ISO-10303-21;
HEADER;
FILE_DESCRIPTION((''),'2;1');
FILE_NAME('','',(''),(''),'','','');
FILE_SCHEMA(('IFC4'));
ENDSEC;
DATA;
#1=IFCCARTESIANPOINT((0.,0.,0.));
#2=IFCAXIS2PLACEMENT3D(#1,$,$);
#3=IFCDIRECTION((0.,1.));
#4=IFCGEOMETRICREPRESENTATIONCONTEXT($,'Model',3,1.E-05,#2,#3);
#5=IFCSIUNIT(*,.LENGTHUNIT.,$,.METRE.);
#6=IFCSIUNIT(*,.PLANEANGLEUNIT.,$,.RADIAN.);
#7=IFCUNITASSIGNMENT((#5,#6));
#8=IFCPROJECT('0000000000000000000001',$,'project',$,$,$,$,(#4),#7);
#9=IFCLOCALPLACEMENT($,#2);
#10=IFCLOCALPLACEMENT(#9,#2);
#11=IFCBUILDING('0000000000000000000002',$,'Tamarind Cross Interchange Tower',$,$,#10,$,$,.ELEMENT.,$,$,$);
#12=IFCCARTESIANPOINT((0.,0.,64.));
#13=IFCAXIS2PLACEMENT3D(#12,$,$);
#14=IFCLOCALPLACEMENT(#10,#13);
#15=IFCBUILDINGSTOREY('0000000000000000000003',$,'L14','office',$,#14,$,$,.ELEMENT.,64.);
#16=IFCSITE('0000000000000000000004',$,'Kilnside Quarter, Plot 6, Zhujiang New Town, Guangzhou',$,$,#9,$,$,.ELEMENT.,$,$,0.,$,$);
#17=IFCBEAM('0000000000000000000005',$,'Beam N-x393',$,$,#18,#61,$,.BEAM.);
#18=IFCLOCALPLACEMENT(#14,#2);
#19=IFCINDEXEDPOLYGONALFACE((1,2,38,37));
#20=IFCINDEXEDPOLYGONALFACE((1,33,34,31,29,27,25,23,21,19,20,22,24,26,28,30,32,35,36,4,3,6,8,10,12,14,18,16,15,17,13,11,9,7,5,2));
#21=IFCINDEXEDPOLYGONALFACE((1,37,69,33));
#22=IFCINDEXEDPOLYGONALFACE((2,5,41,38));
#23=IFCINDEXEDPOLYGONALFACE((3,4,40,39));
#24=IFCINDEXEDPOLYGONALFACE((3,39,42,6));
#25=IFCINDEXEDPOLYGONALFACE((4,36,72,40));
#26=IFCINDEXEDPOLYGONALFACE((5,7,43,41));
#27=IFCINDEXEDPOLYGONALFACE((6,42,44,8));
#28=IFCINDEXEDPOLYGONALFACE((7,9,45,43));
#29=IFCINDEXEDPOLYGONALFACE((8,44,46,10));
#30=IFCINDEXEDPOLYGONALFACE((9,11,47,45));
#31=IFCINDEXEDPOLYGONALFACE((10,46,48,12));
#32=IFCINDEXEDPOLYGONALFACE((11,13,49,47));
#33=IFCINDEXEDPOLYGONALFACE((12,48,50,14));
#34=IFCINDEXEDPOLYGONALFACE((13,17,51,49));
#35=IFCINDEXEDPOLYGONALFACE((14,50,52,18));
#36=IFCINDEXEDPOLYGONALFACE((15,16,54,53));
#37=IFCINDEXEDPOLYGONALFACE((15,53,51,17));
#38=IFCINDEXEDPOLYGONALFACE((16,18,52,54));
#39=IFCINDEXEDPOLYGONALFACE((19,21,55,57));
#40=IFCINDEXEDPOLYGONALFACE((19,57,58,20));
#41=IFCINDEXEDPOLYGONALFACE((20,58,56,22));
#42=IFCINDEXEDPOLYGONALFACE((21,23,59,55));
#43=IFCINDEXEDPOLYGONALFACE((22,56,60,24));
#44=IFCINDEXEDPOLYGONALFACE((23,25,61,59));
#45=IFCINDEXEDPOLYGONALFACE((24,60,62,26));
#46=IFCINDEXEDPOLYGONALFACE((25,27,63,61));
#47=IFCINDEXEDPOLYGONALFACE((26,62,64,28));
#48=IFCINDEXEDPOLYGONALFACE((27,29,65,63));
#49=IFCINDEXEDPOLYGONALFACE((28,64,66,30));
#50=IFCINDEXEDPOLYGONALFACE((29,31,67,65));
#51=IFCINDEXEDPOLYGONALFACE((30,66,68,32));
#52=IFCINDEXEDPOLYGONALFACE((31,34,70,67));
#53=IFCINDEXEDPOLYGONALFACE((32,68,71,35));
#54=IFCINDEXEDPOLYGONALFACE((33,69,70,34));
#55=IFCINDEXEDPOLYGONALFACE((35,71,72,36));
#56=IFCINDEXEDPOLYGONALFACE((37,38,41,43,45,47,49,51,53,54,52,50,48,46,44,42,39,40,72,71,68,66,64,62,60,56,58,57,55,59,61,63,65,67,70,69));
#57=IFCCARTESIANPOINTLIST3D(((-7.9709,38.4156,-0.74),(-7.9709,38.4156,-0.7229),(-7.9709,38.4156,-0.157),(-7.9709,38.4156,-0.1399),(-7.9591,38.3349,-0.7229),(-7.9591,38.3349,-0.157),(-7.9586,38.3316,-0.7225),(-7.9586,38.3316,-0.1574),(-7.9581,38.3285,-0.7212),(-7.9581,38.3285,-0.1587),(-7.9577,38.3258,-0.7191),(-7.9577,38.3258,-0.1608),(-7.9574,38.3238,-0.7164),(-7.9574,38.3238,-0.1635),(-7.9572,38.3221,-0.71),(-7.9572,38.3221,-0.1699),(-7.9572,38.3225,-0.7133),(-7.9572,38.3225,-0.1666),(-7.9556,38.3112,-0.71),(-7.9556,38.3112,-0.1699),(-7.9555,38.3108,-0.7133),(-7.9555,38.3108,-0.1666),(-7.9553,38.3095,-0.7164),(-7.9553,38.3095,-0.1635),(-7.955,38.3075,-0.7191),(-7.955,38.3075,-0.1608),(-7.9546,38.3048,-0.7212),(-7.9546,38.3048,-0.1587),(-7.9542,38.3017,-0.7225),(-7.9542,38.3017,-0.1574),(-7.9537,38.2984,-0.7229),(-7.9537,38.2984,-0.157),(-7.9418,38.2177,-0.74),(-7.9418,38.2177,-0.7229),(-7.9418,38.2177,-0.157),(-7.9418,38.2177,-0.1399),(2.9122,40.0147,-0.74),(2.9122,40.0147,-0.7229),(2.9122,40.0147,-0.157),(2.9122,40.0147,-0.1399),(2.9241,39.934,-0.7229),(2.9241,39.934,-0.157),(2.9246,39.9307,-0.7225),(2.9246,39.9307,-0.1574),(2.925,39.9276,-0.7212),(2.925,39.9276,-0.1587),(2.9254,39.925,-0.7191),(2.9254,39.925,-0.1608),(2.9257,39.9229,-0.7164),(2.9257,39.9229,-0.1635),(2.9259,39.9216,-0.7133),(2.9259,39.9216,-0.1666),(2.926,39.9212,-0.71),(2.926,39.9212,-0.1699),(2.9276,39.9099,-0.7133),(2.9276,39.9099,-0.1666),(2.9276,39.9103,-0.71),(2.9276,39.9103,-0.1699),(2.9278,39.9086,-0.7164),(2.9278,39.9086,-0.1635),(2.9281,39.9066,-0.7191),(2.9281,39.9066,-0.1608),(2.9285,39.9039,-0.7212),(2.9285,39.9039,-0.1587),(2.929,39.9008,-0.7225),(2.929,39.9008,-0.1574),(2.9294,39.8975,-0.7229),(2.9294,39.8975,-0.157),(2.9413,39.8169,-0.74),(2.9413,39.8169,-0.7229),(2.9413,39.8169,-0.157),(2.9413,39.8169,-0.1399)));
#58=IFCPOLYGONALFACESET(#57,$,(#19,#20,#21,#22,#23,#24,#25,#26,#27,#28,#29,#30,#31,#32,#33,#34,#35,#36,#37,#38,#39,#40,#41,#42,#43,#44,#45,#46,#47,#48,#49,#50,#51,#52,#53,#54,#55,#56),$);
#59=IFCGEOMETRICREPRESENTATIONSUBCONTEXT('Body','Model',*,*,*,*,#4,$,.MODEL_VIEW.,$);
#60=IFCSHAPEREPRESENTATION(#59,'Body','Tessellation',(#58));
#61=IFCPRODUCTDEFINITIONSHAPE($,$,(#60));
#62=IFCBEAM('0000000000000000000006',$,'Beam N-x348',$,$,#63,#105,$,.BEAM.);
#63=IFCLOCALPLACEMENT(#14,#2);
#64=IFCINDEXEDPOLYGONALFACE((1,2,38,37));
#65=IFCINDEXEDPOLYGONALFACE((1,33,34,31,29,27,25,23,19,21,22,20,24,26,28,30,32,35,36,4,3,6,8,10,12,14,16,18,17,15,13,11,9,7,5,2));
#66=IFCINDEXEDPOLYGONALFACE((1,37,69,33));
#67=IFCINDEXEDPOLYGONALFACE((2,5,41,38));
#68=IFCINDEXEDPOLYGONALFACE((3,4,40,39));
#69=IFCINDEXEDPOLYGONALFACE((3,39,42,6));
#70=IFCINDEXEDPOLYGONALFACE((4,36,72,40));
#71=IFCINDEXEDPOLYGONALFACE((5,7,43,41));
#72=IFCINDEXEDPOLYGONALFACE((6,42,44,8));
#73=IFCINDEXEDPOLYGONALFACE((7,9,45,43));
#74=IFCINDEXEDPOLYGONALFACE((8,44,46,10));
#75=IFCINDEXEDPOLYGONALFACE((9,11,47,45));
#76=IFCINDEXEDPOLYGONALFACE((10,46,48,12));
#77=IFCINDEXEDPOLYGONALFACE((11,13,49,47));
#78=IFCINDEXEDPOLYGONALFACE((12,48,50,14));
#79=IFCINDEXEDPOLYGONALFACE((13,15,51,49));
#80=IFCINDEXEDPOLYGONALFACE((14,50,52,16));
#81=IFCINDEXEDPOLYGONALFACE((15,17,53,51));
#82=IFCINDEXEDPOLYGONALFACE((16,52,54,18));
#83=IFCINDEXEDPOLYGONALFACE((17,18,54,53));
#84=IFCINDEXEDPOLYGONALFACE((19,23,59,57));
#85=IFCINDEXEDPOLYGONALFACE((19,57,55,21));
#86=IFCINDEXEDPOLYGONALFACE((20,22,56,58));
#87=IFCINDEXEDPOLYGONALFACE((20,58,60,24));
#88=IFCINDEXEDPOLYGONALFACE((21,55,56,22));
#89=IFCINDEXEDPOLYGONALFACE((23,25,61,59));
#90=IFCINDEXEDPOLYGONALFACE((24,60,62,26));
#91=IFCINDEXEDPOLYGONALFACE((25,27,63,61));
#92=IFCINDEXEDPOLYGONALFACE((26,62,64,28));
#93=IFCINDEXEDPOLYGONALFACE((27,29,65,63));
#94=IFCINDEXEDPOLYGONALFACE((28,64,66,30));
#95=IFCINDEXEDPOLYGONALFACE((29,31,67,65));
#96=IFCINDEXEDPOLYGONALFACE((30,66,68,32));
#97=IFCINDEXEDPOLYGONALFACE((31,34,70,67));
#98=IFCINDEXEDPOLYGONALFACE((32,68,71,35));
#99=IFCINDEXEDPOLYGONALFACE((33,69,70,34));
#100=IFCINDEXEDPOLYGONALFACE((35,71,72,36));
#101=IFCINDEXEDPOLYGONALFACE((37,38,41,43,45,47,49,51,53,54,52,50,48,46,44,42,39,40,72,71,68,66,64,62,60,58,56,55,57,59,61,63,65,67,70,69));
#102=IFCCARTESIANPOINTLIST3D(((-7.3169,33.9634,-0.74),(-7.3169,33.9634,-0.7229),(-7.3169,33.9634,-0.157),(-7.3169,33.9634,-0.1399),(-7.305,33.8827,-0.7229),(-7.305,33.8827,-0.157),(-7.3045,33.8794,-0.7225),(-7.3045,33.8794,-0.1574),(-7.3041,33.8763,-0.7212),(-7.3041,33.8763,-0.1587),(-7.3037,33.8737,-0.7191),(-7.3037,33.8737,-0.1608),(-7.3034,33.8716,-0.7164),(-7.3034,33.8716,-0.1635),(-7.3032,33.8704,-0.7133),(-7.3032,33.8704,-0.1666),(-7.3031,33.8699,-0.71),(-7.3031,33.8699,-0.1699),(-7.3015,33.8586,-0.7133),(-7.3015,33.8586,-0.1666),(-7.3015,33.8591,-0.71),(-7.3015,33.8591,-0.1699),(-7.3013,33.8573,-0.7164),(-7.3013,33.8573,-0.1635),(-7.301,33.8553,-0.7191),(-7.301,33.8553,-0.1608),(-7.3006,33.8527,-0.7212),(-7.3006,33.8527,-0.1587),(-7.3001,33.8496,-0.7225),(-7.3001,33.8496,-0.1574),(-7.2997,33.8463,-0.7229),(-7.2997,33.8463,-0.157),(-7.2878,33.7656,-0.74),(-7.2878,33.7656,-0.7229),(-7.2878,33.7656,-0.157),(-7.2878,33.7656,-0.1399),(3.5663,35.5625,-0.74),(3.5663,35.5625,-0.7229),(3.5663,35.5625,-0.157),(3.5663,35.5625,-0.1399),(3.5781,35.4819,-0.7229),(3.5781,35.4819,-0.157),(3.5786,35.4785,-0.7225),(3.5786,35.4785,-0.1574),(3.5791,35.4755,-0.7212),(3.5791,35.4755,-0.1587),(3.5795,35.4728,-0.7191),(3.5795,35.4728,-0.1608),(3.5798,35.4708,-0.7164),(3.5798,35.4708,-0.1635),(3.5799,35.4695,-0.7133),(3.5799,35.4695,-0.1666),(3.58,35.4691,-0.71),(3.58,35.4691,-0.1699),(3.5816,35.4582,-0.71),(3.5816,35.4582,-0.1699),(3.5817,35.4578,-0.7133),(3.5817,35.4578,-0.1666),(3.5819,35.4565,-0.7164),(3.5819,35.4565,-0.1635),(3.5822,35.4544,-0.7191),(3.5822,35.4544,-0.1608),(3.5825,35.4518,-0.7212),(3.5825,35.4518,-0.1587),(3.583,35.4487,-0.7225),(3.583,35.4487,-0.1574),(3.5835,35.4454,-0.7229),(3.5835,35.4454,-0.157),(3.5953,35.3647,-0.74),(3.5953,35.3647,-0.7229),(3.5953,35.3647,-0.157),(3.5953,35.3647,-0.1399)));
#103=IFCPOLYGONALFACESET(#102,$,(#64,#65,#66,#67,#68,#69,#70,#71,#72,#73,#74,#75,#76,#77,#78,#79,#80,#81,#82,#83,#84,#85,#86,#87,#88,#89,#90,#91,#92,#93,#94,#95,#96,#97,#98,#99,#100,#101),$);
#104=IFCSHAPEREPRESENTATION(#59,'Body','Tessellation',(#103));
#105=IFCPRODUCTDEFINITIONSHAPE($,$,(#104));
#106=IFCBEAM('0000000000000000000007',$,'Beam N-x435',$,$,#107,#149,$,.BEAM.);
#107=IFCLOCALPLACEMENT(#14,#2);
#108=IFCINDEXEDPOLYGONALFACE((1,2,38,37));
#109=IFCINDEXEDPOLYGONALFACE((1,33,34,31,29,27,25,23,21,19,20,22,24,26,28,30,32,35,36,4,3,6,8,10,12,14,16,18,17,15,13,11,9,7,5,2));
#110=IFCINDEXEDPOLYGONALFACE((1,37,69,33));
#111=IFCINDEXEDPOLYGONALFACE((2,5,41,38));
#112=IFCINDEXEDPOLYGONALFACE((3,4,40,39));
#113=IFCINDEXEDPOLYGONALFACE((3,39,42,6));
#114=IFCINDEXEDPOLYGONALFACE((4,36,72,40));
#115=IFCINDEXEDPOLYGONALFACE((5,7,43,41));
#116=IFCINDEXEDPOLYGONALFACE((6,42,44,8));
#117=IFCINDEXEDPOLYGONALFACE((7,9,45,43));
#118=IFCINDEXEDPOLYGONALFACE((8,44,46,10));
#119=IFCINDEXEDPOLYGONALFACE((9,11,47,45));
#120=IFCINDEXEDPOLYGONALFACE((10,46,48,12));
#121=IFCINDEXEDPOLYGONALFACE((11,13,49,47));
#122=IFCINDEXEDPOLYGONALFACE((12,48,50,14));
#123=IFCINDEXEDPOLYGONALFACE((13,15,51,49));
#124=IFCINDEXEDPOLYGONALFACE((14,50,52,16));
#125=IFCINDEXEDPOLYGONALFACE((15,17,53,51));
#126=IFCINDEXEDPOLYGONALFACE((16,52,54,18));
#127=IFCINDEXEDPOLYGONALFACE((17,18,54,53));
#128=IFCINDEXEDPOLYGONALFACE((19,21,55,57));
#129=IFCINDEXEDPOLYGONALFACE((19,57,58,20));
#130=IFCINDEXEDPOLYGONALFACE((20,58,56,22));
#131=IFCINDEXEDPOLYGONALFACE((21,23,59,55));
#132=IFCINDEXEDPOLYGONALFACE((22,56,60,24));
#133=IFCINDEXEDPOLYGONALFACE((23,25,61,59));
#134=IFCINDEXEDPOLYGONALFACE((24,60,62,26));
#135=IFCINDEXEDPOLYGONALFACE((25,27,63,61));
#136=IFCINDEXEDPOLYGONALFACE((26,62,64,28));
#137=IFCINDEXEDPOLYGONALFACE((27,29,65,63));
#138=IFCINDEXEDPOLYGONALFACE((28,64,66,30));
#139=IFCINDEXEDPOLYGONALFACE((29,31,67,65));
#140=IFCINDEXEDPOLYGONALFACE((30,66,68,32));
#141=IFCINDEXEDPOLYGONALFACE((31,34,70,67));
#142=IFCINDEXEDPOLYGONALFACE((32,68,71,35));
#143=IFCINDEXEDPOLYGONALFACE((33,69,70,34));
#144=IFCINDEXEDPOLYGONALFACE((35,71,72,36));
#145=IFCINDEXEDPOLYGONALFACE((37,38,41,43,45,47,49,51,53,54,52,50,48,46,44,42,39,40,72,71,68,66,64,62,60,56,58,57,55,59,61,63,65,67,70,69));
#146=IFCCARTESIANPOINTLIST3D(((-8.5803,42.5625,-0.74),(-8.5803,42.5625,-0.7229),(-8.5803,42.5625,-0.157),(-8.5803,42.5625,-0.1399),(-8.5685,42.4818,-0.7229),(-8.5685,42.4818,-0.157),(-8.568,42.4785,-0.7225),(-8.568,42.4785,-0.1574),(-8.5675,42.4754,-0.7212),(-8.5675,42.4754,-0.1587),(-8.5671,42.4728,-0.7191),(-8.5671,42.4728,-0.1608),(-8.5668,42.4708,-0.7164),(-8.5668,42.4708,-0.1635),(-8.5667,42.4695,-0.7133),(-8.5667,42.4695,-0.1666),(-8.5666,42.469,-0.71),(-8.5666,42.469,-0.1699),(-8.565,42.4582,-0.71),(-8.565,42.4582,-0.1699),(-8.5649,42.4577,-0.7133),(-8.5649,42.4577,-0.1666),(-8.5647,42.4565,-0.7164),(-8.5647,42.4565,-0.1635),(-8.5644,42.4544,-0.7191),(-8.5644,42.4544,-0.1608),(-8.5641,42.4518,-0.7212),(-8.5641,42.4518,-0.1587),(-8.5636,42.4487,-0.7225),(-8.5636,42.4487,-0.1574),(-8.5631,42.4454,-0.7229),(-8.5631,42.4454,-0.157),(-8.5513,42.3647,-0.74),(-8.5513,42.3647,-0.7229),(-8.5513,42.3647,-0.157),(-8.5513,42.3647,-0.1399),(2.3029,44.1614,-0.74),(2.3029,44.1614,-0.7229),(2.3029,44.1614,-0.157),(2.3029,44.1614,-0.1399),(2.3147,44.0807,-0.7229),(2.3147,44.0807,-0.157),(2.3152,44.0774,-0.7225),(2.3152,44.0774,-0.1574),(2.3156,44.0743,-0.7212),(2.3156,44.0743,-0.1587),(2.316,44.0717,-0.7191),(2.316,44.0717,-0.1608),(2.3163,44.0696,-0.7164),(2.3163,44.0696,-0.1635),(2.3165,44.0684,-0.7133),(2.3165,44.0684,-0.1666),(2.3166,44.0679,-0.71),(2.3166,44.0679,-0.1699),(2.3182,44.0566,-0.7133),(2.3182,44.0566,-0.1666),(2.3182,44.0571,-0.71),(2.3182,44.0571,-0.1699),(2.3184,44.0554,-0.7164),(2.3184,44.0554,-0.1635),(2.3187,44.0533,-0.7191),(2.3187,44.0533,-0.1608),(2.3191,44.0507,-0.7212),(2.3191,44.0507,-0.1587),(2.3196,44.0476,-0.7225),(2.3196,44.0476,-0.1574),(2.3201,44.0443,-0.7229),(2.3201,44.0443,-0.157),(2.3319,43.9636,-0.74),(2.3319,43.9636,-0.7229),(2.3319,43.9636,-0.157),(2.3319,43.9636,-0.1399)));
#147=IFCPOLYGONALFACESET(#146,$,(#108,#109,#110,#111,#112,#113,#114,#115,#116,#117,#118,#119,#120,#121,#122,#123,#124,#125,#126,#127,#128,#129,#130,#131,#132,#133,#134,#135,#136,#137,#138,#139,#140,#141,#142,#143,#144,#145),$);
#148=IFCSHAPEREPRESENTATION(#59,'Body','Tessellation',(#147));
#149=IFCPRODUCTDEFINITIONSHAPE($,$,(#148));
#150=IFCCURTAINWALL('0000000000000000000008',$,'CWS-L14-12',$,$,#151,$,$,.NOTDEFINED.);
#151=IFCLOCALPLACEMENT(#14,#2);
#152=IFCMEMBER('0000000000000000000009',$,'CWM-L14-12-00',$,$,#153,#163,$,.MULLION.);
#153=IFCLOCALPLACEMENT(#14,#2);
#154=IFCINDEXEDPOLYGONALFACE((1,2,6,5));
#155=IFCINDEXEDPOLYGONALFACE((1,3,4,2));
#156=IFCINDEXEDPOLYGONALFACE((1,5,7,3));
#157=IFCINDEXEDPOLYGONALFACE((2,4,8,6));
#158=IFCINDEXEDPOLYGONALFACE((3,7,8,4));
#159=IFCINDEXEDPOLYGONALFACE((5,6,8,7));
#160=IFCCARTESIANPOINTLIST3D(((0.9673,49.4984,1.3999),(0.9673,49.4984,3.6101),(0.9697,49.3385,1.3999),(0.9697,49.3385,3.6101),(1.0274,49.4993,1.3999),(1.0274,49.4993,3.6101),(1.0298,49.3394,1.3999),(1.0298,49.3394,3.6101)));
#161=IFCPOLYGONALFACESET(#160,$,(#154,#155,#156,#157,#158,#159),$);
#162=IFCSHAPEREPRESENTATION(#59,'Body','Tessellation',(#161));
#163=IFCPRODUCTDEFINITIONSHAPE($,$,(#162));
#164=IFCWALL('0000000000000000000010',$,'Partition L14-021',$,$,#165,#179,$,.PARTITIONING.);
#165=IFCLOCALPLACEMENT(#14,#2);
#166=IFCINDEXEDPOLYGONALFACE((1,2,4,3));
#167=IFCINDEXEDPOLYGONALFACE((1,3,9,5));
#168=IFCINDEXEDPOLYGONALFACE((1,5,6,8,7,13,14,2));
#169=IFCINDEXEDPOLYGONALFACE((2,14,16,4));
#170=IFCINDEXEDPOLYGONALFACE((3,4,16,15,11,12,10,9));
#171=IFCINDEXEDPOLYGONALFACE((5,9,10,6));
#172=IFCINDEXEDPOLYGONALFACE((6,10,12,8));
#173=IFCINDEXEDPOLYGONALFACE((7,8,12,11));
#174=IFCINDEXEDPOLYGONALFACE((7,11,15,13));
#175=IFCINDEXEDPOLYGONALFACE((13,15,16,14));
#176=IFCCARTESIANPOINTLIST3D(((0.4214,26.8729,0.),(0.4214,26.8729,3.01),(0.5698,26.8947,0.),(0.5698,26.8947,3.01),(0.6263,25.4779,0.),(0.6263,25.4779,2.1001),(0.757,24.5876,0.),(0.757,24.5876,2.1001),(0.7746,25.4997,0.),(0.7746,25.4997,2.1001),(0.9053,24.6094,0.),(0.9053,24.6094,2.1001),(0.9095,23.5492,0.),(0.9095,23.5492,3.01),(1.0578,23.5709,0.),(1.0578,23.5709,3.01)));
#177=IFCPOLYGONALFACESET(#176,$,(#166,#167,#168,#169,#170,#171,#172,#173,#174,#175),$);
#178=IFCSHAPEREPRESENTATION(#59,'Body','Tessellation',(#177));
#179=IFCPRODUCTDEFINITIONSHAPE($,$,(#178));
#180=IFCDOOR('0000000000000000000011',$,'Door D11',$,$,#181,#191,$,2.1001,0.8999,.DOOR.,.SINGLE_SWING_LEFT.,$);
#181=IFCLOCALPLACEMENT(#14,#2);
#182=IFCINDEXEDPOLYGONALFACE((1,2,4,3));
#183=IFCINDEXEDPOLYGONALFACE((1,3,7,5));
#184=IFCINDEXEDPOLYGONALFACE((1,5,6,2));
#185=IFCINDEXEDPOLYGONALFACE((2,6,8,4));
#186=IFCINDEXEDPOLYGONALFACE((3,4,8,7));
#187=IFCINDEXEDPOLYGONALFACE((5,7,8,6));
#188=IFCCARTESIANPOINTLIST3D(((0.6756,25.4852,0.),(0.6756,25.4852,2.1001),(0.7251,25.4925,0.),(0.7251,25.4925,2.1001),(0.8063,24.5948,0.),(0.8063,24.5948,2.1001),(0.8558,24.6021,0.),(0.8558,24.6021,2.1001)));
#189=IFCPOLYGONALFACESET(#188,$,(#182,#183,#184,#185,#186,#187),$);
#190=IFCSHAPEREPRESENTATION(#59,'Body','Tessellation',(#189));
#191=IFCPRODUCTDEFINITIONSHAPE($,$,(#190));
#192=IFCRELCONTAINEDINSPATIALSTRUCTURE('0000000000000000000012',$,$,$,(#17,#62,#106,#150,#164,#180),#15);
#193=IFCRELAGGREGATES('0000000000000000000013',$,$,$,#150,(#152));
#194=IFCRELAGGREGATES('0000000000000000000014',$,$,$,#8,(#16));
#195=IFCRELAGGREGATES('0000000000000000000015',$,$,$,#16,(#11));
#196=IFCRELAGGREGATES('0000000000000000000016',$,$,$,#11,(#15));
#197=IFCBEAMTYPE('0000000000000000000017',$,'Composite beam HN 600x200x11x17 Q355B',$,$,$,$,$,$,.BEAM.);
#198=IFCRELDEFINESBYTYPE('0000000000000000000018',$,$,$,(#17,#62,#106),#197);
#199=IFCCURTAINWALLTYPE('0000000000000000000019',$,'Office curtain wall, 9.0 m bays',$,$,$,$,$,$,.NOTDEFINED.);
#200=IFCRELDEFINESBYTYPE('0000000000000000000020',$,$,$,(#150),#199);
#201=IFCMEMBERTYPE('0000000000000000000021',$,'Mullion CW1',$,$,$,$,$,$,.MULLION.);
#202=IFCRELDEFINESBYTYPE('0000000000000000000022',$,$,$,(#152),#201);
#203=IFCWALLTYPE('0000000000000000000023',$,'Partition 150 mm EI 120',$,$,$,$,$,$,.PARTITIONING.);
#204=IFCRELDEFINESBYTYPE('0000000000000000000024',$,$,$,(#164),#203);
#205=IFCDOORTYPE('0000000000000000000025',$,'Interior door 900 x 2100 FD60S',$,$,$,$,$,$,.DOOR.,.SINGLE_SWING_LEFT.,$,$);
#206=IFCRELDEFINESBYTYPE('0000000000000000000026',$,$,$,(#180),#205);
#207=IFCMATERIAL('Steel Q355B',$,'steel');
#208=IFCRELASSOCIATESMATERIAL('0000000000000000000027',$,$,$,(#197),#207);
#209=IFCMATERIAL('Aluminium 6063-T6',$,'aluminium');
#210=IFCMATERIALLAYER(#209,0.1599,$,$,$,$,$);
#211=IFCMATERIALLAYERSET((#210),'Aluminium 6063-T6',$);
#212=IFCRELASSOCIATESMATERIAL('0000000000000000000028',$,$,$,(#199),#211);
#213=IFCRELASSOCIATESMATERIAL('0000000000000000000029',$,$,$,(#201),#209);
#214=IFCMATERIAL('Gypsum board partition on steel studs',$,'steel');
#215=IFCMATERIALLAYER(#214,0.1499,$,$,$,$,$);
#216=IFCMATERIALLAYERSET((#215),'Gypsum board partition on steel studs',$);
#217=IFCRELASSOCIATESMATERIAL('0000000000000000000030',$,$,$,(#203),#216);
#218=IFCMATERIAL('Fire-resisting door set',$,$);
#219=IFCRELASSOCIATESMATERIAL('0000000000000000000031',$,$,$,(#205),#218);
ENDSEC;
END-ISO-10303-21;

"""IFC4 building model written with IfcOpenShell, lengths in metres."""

from ifc_helpers import new_model, si_unit, direction, frame, frame_2d, origin, origin_2d, place, context, subcontext, project, spatial, rectangle, i_section, extrude, material, layer, layer_set, material_profile, profile_set, type_object, element, fill, aggregate, save


model = new_model("IFC4")

# Units and contexts
model_context = context("Model", 3, precision=1e-05, world=origin(), true_north=direction((0.0, 1.0)))
body_context = subcontext(model_context, "Body", "Model", "MODEL_VIEW")
ifc_project = project(units=[si_unit("LENGTHUNIT", "METRE"), si_unit("PLANEANGLEUNIT", "RADIAN")], contexts=[model_context])

# Site, building, storey
site_placement = place(None, origin())
site = spatial("IfcSite", under=ifc_project, at=site_placement, Name="Kilnside Quarter, Plot 6, Zhujiang New Town, Guangzhou", CompositionType="ELEMENT", RefElevation=0.0)
building_placement = place(site_placement, origin())
building = spatial("IfcBuilding", under=site, at=building_placement, Name="Tamarind Cross Interchange Tower", CompositionType="ELEMENT")
storey_placement = place(building_placement, frame((0.0, 0.0, 64.0)))
storey = spatial("IfcBuildingStorey", under=building, at=storey_placement, Name="L14", Description="office", CompositionType="ELEMENT", Elevation=64.0)

# Beams
ifc_material_1 = material(Name="Steel Q355B", Category="steel")
ifc_material_profile_1 = material_profile(ifc_material_1, i_section(OverallWidth=0.2, OverallDepth=0.6001, WebThickness=0.011, FlangeThickness=0.0171, FilletRadius=0.0129, at=origin_2d()), Name="HN 600x200x11x17")
ifc_profile_set_1 = profile_set([ifc_material_profile_1], Name="Steel Q355B")
beam_type_1 = type_object("IfcBeamType", Name="Composite beam HN 600x200x11x17 Q355B", PredefinedType="BEAM", material=ifc_profile_set_1)
for number, where, z_axis, x_axis, name in (
    (1, (2.9268, 39.9158, -0.4399), (-0.989377, -0.145376, 0.0), (0.145376, -0.989377, 0.0), "Beam N-x393"),
    (2, (3.5808, 35.4636, -0.4399), (-0.989377, -0.145376, 0.0), (0.145376, -0.989377, 0.0), "Beam N-x348"),
    (3, (2.3174, 44.0625, -0.4399), (-0.98938, -0.145354, 0.0), (0.145354, -0.98938, 0.0), "Beam N-x435"),
):
    element("IfcBeam", number, at=place(storey_placement, frame(where, z_axis=z_axis, x_axis=x_axis)), inside=storey, type_object=beam_type_1, Name=name, PredefinedType="BEAM", context=body_context, shape_type="SweptSolid", body=[
        extrude(i_section(OverallWidth=0.2, OverallDepth=0.6001, WebThickness=0.011, FlangeThickness=0.0171, FilletRadius=0.0129, at=origin_2d()), origin(), (0.0, 0.0, 1.0), 11.0),
    ])

# Curtain wall, member
ifc_material_2 = material(Name="Aluminium 6063-T6", Category="aluminium")
ifc_layer_1 = layer(ifc_material_2, 0.1599)
ifc_layer_set_1 = layer_set([ifc_layer_1], Name="Aluminium 6063-T6")
curtain_wall_type = type_object("IfcCurtainWallType", Name="Office curtain wall, 9.0 m bays", PredefinedType="NOTDEFINED", material=ifc_layer_set_1)
curtain_wall_placement = place(storey_placement, origin())
curtain_wall = element("IfcCurtainWall", 4, at=curtain_wall_placement, inside=storey, type_object=curtain_wall_type, Name="CWS-L14-12", PredefinedType="NOTDEFINED")
ifc_material_profile_2 = material_profile(ifc_material_2, rectangle(XDim=0.0601, YDim=0.1599, at=origin_2d()), Name="Mullion CW1")
ifc_profile_set_2 = profile_set([ifc_material_profile_2], Name="Aluminium 6063-T6")
member_type = type_object("IfcMemberType", Name="Mullion CW1", PredefinedType="MULLION", material=ifc_profile_set_2)
member_placement = place(storey_placement, frame((0.9985, 49.4189, 1.3999), z_axis=(0.0, 0.0, 1.0), x_axis=(-0.999888, -0.014981, 0.0)))
member = element("IfcMember", 5, at=member_placement, type_object=member_type, Name="CWM-L14-12-00", PredefinedType="MULLION", context=body_context, shape_type="SweptSolid", body=[
    extrude(rectangle(XDim=0.0601, YDim=0.1599, at=origin_2d()), origin(), (0.0, 0.0, 1.0), 2.2102),
])
aggregate(curtain_wall, [member])

# Wall, opening, door
ifc_material_3 = material(Name="Gypsum board partition on steel studs", Category="steel")
ifc_layer_2 = layer(ifc_material_3, 0.1499)
ifc_layer_set_2 = layer_set([ifc_layer_2], Name="Gypsum board partition on steel studs")
wall_type_1 = type_object("IfcWallType", Name="Partition 150 mm EI 120", PredefinedType="PARTITIONING", material=ifc_layer_set_2)
wall_1_placement = place(storey_placement, frame((0.4956, 26.8838, 0.0), z_axis=(0.0, 0.0, 1.0), x_axis=(0.145276, -0.989391, 0.0)))
wall_1 = element("IfcWall", 6, at=wall_1_placement, inside=storey, type_object=wall_type_1, Name="Partition L14-021", PredefinedType="PARTITIONING", context=body_context, shape_type="SweptSolid", body=[
    extrude(rectangle(XDim=3.3594, YDim=0.1499, at=frame_2d((1.6797, 0.0))), origin(), (0.0, 0.0, 1.0), 3.01),
])
opening_1_placement = place(wall_1_placement, frame((1.4099, 0.0, 0.0)))
opening_1 = element("IfcOpeningElement", 7, at=opening_1_placement, cuts=wall_1, PredefinedType="OPENING", context=body_context, shape_type="SweptSolid", body=[
    extrude(rectangle(XDim=0.8999, YDim=2.1001, at=frame_2d((0.45, 1.05))), frame((0.0, 0.085, 0.0), z_axis=(0.0, -1.0, 0.0), x_axis=(1.0, 0.0, 0.0)), (0.0, 0.0, 1.0), 0.1699),
])
ifc_material_4 = material(Name="Fire-resisting door set")
door_type_1 = type_object("IfcDoorType", Name="Interior door 900 x 2100 FD60S", OperationType="SINGLE_SWING_LEFT", PredefinedType="DOOR", material=ifc_material_4)
door_1_placement = place(opening_1_placement, origin())
door_1 = element("IfcDoor", 8, at=door_1_placement, inside=storey, type_object=door_type_1, Name="Door D11", OperationType="SINGLE_SWING_LEFT", OverallHeight=2.1001, OverallWidth=0.8999, PredefinedType="DOOR", context=body_context, shape_type="SweptSolid", body=[
    extrude(rectangle(XDim=0.8999, YDim=2.1001, at=frame_2d((0.45, 1.05))), frame((0.0, 0.0249, 0.0), z_axis=(0.0, -1.0, 0.0), x_axis=(1.0, 0.0, 0.0)), (0.0, 0.0, 1.0), 0.05),
])
fill(opening_1, door_1)

save(model, "model.ifc")
